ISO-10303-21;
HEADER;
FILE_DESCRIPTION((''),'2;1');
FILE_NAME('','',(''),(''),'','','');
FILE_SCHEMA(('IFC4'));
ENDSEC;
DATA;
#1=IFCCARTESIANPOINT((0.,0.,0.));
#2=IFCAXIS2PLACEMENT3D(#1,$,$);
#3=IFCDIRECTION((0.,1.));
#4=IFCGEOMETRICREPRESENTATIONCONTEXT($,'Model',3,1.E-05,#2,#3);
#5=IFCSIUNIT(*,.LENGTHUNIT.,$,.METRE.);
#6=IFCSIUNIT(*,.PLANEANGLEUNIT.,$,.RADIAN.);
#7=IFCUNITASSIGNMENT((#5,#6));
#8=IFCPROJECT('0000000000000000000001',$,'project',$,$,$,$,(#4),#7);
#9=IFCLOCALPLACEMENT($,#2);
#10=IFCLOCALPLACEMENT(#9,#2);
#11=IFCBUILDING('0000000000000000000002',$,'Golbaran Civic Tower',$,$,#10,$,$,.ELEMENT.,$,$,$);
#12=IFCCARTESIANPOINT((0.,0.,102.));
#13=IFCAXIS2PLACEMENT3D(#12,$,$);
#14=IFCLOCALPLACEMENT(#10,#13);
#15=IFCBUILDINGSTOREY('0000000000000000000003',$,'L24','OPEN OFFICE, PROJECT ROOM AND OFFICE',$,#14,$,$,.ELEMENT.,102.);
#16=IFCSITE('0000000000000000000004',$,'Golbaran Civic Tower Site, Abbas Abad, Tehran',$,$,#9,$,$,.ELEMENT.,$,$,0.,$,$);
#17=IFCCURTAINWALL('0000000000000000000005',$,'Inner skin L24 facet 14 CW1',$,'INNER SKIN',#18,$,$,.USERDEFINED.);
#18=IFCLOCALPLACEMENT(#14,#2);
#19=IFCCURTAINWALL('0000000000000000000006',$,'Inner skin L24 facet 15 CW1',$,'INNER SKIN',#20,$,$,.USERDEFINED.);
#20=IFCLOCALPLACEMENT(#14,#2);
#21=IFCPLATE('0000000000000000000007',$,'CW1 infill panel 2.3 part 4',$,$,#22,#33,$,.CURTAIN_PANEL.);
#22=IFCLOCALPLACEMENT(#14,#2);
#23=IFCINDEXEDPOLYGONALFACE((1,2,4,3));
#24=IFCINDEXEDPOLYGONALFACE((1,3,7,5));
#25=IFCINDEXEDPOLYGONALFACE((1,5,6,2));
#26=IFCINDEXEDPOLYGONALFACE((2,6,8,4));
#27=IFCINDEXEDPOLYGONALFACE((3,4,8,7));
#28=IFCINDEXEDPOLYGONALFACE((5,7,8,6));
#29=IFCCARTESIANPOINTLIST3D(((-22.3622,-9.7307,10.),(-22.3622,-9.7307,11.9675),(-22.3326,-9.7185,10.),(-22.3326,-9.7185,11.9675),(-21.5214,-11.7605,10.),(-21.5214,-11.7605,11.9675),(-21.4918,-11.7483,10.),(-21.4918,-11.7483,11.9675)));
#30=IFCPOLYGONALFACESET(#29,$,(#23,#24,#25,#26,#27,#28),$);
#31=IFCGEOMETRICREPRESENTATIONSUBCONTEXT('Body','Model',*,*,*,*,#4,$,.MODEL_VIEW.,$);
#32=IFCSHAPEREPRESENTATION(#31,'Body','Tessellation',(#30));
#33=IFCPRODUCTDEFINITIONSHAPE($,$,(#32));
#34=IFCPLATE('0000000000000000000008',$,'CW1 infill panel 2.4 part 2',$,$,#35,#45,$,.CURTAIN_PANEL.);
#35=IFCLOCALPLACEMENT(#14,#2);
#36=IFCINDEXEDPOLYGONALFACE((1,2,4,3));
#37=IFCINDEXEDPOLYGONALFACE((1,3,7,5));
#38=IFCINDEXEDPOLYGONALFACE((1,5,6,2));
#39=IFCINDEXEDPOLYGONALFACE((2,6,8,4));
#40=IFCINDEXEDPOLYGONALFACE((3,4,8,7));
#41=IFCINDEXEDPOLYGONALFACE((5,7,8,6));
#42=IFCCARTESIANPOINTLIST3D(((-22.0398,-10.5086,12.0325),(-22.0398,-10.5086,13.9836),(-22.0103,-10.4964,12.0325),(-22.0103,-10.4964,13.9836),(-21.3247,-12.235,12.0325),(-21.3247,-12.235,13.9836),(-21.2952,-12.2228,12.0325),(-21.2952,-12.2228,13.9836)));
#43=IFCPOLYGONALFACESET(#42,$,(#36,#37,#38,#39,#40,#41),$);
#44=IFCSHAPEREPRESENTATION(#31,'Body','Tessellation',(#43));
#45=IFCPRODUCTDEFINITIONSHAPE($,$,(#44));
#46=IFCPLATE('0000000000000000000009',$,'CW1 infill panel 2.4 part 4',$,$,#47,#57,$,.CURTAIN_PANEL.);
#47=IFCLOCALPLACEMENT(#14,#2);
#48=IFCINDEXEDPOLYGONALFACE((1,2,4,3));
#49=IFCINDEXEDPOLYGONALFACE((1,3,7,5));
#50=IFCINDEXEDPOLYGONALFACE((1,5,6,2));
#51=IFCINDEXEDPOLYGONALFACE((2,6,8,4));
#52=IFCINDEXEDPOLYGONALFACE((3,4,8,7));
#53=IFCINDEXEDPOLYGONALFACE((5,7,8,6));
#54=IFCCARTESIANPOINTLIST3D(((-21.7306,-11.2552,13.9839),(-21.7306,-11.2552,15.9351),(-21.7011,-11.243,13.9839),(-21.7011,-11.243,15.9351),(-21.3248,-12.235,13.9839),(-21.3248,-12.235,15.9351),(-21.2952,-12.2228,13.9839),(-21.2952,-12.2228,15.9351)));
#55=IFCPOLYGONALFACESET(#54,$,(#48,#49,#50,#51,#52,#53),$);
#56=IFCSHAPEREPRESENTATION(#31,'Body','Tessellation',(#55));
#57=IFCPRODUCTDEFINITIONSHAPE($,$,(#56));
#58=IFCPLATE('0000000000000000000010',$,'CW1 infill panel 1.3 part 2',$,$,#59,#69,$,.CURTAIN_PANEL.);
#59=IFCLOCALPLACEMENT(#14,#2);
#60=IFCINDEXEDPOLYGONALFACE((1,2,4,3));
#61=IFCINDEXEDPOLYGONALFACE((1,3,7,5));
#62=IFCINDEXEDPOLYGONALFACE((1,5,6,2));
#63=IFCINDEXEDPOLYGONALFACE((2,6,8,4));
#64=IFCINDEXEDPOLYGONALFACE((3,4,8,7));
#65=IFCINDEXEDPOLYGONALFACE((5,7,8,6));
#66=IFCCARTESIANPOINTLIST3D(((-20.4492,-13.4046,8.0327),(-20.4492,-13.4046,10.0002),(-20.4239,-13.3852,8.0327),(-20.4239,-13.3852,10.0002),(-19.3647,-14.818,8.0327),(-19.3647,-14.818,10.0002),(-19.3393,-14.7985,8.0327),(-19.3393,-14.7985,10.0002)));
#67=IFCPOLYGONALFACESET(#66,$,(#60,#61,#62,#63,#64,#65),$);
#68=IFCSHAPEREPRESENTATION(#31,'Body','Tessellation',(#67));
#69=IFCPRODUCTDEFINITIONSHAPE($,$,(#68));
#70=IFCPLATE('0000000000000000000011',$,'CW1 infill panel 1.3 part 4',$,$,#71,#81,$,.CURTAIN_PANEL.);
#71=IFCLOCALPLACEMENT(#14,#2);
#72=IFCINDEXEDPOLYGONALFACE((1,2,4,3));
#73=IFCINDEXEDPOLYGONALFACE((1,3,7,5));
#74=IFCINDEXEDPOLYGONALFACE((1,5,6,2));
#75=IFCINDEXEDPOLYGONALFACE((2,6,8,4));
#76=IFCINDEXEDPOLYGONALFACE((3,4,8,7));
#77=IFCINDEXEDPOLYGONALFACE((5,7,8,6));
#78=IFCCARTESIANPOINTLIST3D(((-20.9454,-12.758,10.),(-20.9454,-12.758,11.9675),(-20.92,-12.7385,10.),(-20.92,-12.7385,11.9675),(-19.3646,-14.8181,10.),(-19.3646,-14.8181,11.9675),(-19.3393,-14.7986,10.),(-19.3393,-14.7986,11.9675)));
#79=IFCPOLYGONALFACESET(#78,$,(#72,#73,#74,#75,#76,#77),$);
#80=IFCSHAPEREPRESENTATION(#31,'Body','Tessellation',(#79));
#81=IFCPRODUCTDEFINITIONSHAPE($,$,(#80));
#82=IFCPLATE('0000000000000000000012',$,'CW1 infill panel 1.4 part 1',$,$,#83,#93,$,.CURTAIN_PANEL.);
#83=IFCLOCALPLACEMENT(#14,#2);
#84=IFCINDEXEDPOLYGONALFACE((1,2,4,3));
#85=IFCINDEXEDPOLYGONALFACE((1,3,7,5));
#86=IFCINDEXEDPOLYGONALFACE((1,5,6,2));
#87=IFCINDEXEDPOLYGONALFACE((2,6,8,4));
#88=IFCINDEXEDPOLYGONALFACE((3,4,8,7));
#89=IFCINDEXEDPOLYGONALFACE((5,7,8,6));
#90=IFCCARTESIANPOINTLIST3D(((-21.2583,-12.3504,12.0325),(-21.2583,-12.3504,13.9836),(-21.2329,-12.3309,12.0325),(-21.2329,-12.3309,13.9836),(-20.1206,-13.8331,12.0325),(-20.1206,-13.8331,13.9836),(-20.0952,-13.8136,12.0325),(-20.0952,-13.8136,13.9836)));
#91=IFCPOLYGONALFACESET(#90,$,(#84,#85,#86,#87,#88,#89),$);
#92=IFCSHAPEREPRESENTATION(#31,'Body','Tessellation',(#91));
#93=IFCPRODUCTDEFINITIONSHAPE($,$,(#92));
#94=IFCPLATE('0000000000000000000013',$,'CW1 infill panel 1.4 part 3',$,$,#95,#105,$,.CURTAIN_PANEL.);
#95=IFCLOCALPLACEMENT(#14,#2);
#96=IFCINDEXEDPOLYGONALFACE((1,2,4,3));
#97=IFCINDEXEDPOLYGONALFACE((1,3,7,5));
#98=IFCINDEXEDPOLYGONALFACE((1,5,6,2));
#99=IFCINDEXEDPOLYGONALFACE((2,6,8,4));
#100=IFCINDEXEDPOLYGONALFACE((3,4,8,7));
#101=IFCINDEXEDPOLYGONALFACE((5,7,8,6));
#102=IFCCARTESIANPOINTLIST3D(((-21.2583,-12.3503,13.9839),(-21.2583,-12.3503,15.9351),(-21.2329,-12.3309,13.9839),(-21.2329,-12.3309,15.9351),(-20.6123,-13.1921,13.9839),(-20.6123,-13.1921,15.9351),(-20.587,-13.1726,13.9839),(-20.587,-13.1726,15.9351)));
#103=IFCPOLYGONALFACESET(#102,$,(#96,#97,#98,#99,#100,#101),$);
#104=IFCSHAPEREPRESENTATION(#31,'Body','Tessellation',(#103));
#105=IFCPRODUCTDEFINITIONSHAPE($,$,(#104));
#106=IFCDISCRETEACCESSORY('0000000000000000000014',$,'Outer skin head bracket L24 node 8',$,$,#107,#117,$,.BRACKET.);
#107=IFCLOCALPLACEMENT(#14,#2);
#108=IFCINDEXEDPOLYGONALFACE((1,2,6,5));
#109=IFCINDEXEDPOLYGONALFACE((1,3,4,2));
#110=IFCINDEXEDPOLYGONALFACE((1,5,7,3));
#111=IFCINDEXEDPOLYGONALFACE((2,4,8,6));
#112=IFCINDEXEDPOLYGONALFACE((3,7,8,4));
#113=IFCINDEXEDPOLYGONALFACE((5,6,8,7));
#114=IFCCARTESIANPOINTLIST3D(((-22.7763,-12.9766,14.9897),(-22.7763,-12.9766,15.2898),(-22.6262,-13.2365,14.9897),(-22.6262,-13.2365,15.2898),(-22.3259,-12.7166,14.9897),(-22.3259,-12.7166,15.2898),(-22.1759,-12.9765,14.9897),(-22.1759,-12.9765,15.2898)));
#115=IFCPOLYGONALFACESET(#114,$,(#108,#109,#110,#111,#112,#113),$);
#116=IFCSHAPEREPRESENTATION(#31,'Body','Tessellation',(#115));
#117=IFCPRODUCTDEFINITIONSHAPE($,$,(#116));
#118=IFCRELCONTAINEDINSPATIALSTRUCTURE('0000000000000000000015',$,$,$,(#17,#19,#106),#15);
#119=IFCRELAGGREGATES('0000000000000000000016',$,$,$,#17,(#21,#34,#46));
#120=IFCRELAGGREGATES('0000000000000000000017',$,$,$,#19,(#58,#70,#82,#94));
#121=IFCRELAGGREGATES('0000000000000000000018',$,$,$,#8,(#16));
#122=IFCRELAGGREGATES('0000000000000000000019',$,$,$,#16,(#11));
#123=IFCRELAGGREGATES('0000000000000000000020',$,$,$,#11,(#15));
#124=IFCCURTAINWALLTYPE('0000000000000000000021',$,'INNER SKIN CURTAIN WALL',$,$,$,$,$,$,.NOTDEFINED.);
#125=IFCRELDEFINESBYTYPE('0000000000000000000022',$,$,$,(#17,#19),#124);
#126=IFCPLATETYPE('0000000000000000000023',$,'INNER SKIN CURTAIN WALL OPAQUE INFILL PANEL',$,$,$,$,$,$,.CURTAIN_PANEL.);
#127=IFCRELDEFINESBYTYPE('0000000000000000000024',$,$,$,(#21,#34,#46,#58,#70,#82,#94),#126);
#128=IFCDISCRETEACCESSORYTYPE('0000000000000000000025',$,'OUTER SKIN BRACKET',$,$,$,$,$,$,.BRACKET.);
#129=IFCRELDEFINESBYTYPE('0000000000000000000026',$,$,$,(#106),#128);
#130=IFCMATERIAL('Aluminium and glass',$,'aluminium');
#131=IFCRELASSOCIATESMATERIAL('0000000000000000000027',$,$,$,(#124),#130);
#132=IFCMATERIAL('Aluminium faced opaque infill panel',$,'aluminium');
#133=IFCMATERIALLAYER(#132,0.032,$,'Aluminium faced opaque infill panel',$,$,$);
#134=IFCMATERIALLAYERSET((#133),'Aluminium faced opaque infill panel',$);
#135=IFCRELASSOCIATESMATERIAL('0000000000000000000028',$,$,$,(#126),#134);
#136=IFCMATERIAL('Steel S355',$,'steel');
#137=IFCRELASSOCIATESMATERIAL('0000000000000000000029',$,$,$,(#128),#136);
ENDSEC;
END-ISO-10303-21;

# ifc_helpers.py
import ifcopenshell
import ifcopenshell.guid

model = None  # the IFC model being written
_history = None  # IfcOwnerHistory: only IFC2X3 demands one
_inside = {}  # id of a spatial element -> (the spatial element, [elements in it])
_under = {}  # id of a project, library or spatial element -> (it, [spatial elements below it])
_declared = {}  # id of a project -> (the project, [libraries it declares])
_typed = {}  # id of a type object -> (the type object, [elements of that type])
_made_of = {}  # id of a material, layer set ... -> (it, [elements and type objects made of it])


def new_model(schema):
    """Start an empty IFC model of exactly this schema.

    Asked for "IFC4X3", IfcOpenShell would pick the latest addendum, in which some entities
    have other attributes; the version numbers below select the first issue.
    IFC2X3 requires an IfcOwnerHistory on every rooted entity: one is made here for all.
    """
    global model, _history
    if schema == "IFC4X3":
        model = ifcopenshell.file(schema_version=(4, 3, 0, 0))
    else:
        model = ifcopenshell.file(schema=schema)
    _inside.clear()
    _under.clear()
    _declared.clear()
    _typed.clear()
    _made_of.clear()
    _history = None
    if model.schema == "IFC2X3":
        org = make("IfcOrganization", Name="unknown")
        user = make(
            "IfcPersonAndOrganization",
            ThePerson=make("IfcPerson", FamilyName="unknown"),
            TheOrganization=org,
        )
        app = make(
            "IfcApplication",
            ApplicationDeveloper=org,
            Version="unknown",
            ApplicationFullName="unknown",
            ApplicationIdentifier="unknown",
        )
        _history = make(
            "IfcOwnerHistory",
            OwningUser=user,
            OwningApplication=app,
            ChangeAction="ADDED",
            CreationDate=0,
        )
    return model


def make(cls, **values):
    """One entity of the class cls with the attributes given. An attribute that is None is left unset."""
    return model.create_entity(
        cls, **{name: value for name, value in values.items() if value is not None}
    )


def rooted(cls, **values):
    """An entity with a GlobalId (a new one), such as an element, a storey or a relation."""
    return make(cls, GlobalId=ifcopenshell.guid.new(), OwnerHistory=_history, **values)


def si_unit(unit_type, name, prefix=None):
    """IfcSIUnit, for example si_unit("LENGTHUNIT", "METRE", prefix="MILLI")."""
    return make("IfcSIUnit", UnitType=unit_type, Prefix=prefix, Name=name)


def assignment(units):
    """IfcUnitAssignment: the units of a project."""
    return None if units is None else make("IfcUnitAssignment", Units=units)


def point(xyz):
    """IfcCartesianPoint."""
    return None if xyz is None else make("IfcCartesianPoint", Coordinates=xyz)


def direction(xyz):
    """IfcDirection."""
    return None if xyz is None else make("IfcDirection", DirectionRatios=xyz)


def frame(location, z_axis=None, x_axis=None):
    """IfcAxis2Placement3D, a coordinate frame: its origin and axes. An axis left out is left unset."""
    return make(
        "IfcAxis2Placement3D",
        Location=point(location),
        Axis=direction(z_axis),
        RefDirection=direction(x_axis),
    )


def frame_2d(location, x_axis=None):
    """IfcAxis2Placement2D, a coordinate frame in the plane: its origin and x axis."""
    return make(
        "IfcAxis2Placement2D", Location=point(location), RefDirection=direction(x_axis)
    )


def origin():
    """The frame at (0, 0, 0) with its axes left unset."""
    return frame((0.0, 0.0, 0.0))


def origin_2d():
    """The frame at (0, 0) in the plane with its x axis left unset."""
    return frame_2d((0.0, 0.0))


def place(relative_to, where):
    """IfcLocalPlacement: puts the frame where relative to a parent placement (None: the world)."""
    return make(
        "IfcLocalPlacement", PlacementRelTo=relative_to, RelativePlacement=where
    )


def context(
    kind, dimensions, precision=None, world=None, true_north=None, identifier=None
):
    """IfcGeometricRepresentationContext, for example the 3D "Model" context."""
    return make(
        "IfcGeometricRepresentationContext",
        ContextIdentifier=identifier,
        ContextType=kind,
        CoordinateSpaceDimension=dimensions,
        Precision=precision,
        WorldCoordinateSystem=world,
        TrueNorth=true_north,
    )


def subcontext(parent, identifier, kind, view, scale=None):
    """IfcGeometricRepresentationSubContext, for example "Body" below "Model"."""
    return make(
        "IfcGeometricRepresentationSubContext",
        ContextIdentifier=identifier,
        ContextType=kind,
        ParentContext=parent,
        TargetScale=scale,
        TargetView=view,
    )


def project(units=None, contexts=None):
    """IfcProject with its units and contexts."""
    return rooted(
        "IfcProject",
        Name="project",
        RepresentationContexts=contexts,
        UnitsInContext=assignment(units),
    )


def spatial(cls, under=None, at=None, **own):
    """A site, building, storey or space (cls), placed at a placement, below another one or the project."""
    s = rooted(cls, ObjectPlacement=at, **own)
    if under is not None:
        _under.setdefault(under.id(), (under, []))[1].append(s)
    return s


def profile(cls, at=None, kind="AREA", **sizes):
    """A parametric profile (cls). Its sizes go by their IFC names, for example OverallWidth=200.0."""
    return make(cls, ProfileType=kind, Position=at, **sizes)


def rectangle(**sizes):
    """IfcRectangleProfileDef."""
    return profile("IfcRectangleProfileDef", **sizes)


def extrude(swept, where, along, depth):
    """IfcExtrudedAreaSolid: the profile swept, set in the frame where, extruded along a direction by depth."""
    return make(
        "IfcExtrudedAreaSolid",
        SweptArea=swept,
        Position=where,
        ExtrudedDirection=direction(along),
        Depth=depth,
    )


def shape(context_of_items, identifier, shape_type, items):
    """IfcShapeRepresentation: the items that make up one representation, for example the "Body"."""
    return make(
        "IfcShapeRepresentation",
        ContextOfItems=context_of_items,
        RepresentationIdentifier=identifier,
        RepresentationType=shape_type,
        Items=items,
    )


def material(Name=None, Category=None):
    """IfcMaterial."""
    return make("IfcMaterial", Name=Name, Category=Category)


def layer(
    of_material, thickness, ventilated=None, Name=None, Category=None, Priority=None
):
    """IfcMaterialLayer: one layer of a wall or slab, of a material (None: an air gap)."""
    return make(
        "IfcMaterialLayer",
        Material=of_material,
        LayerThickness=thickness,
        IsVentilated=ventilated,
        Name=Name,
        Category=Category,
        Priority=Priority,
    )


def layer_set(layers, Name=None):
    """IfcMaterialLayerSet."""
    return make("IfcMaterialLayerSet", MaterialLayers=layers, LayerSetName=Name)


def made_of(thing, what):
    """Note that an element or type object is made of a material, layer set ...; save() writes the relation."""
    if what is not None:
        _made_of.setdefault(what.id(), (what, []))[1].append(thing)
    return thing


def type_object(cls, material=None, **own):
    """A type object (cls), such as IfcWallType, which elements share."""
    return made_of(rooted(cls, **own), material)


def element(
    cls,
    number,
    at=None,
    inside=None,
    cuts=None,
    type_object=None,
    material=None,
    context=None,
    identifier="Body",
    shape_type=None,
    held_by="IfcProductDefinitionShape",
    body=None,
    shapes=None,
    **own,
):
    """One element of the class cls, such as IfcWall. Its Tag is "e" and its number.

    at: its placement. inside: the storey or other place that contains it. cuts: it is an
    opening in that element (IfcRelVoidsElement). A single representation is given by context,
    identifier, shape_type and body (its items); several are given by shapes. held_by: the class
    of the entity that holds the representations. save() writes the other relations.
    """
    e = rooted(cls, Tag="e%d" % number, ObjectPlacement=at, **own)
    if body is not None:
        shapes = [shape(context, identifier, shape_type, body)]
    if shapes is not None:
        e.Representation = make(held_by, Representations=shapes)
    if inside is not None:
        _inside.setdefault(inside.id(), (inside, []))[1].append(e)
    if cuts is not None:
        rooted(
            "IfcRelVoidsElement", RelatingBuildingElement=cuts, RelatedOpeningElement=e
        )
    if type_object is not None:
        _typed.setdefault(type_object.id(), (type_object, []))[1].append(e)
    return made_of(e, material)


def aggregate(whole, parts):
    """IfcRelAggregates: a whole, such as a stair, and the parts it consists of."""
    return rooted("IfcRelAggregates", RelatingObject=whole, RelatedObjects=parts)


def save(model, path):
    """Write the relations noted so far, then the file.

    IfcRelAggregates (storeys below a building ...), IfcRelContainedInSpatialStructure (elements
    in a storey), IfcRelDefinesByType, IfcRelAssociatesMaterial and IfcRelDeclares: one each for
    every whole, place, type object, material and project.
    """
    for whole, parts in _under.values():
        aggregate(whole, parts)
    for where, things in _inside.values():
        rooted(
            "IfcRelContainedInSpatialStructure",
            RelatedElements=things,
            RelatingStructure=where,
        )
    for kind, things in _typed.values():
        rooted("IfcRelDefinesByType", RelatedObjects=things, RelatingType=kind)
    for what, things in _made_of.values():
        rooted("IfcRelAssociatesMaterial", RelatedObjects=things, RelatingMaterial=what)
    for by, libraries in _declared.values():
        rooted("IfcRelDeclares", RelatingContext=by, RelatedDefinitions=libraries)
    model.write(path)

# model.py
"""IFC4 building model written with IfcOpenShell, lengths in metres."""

from ifc_helpers import new_model, si_unit, direction, frame, origin, origin_2d, place, context, subcontext, project, spatial, rectangle, extrude, material, layer, layer_set, type_object, element, aggregate, save


model = new_model("IFC4")

# Units and contexts
model_context = context("Model", 3, precision=1e-05, world=origin(), true_north=direction((0.0, 1.0)))
body_context = subcontext(model_context, "Body", "Model", "MODEL_VIEW")
ifc_project = project(units=[si_unit("LENGTHUNIT", "METRE"), si_unit("PLANEANGLEUNIT", "RADIAN")], contexts=[model_context])

# Site, building, storey
site_placement = place(None, origin())
site = spatial("IfcSite", under=ifc_project, at=site_placement, Name="Golbaran Civic Tower Site, Abbas Abad, Tehran", CompositionType="ELEMENT", RefElevation=0.0)
building_placement = place(site_placement, origin())
building = spatial("IfcBuilding", under=site, at=building_placement, Name="Golbaran Civic Tower", CompositionType="ELEMENT")
storey_placement = place(building_placement, frame((0.0, 0.0, 102.0)))
storey = spatial("IfcBuildingStorey", under=building, at=storey_placement, Name="L24", Description="OPEN OFFICE, PROJECT ROOM AND OFFICE", CompositionType="ELEMENT", Elevation=102.0)

# Curtain walls
ifc_material_1 = material(Name="Aluminium and glass", Category="aluminium")
curtain_wall_type = type_object("IfcCurtainWallType", Name="INNER SKIN CURTAIN WALL", PredefinedType="NOTDEFINED", material=ifc_material_1)
curtain_wall_1_placement = place(storey_placement, origin())
curtain_wall_1 = element("IfcCurtainWall", 1, at=curtain_wall_1_placement, inside=storey, type_object=curtain_wall_type, Name="Inner skin L24 facet 14 CW1", ObjectType="INNER SKIN", PredefinedType="USERDEFINED")
curtain_wall_2_placement = place(storey_placement, origin())
curtain_wall_2 = element("IfcCurtainWall", 2, at=curtain_wall_2_placement, inside=storey, type_object=curtain_wall_type, Name="Inner skin L24 facet 15 CW1", ObjectType="INNER SKIN", PredefinedType="USERDEFINED")

# Plates
ifc_material_2 = material(Name="Aluminium faced opaque infill panel", Category="aluminium")
ifc_layer_1 = layer(ifc_material_2, 0.032, Name="Aluminium faced opaque infill panel")
ifc_layer_set_1 = layer_set([ifc_layer_1], Name="Aluminium faced opaque infill panel")
plate_type_1 = type_object("IfcPlateType", Name="INNER SKIN CURTAIN WALL OPAQUE INFILL PANEL", PredefinedType="CURTAIN_PANEL", material=ifc_layer_set_1)
plate_1_placement = place(storey_placement, frame((-21.927, -10.7395, 10.0), z_axis=(0.0, 0.0, 1.0), x_axis=(0.382683, -0.92388, 0.0)))
plate_1 = element("IfcPlate", 3, at=plate_1_placement, type_object=plate_type_1, Name="CW1 infill panel 2.3 part 4", PredefinedType="CURTAIN_PANEL", context=body_context, shape_type="SweptSolid", body=[
    extrude(rectangle(XDim=2.197, YDim=0.032, at=origin_2d()), origin(), (0.0, 0.0, 1.0), 1.9675),
])
plate_2_placement = place(storey_placement, frame((-21.6675, -11.3657, 12.0325), z_axis=(0.0, 0.0, 1.0), x_axis=(0.382683, -0.92388, 0.0)))
plate_2 = element("IfcPlate", 4, at=plate_2_placement, type_object=plate_type_1, Name="CW1 infill panel 2.4 part 2", PredefinedType="CURTAIN_PANEL", context=body_context, shape_type="SweptSolid", body=[
    extrude(rectangle(XDim=1.8687, YDim=0.032, at=origin_2d()), origin(), (0.0, 0.0, 1.0), 1.9512),
])
plate_3_placement = place(storey_placement, frame((-21.5129, -11.739, 13.9839), z_axis=(0.0, 0.0, 1.0), x_axis=(0.382683, -0.92388, 0.0)))
plate_3 = element("IfcPlate", 5, at=plate_3_placement, type_object=plate_type_1, Name="CW1 infill panel 2.4 part 4", PredefinedType="CURTAIN_PANEL", context=body_context, shape_type="SweptSolid", body=[
    extrude(rectangle(XDim=1.0605, YDim=0.032, at=origin_2d()), origin(), (0.0, 0.0, 1.0), 1.9512),
])
aggregate(curtain_wall_1, [plate_1, plate_2, plate_3])
plate_4_placement = place(storey_placement, frame((-19.8943, -14.1016, 8.0327), z_axis=(0.0, 0.0, 1.0), x_axis=(0.608761, -0.793353, 0.0)))
plate_4 = element("IfcPlate", 6, at=plate_4_placement, type_object=plate_type_1, Name="CW1 infill panel 1.3 part 2", PredefinedType="CURTAIN_PANEL", context=body_context, shape_type="SweptSolid", body=[
    extrude(rectangle(XDim=1.7815, YDim=0.032, at=origin_2d()), origin(), (0.0, 0.0, 1.0), 1.9675),
])
plate_5_placement = place(storey_placement, frame((-20.1423, -13.7783, 10.0), z_axis=(0.0, 0.0, 1.0), x_axis=(0.608761, -0.793353, 0.0)))
plate_5 = element("IfcPlate", 7, at=plate_5_placement, type_object=plate_type_1, Name="CW1 infill panel 1.3 part 4", PredefinedType="CURTAIN_PANEL", context=body_context, shape_type="SweptSolid", body=[
    extrude(rectangle(XDim=2.5967, YDim=0.032, at=origin_2d()), origin(), (0.0, 0.0, 1.0), 1.9675),
])
plate_6_placement = place(storey_placement, frame((-20.6768, -13.082, 12.0325), z_axis=(0.0, 0.0, 1.0), x_axis=(0.608761, -0.793353, 0.0)))
plate_6 = element("IfcPlate", 8, at=plate_6_placement, type_object=plate_type_1, Name="CW1 infill panel 1.4 part 1", PredefinedType="CURTAIN_PANEL", context=body_context, shape_type="SweptSolid", body=[
    extrude(rectangle(XDim=1.8689, YDim=0.032, at=origin_2d()), origin(), (0.0, 0.0, 1.0), 1.9512),
])
plate_7_placement = place(storey_placement, frame((-20.9226, -12.7615, 13.9839), z_axis=(0.0, 0.0, 1.0), x_axis=(0.608761, -0.793353, 0.0)))
plate_7 = element("IfcPlate", 9, at=plate_7_placement, type_object=plate_type_1, Name="CW1 infill panel 1.4 part 3", PredefinedType="CURTAIN_PANEL", context=body_context, shape_type="SweptSolid", body=[
    extrude(rectangle(XDim=1.061, YDim=0.032, at=origin_2d()), origin(), (0.0, 0.0, 1.0), 1.9512),
])
aggregate(curtain_wall_2, [plate_4, plate_5, plate_6, plate_7])

# Discrete accessory
ifc_material_3 = material(Name="Steel S355", Category="steel")
discrete_accessory_type = type_object("IfcDiscreteAccessoryType", Name="OUTER SKIN BRACKET", PredefinedType="BRACKET", material=ifc_material_3)
discrete_accessory_placement = place(storey_placement, frame((-22.4761, -12.9766, 14.9897), z_axis=(0.0, 0.0, 1.0), x_axis=(-0.866025, -0.5, 0.0)))
element("IfcDiscreteAccessory", 10, at=discrete_accessory_placement, inside=storey, type_object=discrete_accessory_type, Name="Outer skin head bracket L24 node 8", PredefinedType="BRACKET", context=body_context, shape_type="SweptSolid", body=[
    extrude(rectangle(XDim=0.52, YDim=0.3, at=origin_2d()), origin(), (0.0, 0.0, 1.0), 0.3),
])

save(model, "model.ifc")
